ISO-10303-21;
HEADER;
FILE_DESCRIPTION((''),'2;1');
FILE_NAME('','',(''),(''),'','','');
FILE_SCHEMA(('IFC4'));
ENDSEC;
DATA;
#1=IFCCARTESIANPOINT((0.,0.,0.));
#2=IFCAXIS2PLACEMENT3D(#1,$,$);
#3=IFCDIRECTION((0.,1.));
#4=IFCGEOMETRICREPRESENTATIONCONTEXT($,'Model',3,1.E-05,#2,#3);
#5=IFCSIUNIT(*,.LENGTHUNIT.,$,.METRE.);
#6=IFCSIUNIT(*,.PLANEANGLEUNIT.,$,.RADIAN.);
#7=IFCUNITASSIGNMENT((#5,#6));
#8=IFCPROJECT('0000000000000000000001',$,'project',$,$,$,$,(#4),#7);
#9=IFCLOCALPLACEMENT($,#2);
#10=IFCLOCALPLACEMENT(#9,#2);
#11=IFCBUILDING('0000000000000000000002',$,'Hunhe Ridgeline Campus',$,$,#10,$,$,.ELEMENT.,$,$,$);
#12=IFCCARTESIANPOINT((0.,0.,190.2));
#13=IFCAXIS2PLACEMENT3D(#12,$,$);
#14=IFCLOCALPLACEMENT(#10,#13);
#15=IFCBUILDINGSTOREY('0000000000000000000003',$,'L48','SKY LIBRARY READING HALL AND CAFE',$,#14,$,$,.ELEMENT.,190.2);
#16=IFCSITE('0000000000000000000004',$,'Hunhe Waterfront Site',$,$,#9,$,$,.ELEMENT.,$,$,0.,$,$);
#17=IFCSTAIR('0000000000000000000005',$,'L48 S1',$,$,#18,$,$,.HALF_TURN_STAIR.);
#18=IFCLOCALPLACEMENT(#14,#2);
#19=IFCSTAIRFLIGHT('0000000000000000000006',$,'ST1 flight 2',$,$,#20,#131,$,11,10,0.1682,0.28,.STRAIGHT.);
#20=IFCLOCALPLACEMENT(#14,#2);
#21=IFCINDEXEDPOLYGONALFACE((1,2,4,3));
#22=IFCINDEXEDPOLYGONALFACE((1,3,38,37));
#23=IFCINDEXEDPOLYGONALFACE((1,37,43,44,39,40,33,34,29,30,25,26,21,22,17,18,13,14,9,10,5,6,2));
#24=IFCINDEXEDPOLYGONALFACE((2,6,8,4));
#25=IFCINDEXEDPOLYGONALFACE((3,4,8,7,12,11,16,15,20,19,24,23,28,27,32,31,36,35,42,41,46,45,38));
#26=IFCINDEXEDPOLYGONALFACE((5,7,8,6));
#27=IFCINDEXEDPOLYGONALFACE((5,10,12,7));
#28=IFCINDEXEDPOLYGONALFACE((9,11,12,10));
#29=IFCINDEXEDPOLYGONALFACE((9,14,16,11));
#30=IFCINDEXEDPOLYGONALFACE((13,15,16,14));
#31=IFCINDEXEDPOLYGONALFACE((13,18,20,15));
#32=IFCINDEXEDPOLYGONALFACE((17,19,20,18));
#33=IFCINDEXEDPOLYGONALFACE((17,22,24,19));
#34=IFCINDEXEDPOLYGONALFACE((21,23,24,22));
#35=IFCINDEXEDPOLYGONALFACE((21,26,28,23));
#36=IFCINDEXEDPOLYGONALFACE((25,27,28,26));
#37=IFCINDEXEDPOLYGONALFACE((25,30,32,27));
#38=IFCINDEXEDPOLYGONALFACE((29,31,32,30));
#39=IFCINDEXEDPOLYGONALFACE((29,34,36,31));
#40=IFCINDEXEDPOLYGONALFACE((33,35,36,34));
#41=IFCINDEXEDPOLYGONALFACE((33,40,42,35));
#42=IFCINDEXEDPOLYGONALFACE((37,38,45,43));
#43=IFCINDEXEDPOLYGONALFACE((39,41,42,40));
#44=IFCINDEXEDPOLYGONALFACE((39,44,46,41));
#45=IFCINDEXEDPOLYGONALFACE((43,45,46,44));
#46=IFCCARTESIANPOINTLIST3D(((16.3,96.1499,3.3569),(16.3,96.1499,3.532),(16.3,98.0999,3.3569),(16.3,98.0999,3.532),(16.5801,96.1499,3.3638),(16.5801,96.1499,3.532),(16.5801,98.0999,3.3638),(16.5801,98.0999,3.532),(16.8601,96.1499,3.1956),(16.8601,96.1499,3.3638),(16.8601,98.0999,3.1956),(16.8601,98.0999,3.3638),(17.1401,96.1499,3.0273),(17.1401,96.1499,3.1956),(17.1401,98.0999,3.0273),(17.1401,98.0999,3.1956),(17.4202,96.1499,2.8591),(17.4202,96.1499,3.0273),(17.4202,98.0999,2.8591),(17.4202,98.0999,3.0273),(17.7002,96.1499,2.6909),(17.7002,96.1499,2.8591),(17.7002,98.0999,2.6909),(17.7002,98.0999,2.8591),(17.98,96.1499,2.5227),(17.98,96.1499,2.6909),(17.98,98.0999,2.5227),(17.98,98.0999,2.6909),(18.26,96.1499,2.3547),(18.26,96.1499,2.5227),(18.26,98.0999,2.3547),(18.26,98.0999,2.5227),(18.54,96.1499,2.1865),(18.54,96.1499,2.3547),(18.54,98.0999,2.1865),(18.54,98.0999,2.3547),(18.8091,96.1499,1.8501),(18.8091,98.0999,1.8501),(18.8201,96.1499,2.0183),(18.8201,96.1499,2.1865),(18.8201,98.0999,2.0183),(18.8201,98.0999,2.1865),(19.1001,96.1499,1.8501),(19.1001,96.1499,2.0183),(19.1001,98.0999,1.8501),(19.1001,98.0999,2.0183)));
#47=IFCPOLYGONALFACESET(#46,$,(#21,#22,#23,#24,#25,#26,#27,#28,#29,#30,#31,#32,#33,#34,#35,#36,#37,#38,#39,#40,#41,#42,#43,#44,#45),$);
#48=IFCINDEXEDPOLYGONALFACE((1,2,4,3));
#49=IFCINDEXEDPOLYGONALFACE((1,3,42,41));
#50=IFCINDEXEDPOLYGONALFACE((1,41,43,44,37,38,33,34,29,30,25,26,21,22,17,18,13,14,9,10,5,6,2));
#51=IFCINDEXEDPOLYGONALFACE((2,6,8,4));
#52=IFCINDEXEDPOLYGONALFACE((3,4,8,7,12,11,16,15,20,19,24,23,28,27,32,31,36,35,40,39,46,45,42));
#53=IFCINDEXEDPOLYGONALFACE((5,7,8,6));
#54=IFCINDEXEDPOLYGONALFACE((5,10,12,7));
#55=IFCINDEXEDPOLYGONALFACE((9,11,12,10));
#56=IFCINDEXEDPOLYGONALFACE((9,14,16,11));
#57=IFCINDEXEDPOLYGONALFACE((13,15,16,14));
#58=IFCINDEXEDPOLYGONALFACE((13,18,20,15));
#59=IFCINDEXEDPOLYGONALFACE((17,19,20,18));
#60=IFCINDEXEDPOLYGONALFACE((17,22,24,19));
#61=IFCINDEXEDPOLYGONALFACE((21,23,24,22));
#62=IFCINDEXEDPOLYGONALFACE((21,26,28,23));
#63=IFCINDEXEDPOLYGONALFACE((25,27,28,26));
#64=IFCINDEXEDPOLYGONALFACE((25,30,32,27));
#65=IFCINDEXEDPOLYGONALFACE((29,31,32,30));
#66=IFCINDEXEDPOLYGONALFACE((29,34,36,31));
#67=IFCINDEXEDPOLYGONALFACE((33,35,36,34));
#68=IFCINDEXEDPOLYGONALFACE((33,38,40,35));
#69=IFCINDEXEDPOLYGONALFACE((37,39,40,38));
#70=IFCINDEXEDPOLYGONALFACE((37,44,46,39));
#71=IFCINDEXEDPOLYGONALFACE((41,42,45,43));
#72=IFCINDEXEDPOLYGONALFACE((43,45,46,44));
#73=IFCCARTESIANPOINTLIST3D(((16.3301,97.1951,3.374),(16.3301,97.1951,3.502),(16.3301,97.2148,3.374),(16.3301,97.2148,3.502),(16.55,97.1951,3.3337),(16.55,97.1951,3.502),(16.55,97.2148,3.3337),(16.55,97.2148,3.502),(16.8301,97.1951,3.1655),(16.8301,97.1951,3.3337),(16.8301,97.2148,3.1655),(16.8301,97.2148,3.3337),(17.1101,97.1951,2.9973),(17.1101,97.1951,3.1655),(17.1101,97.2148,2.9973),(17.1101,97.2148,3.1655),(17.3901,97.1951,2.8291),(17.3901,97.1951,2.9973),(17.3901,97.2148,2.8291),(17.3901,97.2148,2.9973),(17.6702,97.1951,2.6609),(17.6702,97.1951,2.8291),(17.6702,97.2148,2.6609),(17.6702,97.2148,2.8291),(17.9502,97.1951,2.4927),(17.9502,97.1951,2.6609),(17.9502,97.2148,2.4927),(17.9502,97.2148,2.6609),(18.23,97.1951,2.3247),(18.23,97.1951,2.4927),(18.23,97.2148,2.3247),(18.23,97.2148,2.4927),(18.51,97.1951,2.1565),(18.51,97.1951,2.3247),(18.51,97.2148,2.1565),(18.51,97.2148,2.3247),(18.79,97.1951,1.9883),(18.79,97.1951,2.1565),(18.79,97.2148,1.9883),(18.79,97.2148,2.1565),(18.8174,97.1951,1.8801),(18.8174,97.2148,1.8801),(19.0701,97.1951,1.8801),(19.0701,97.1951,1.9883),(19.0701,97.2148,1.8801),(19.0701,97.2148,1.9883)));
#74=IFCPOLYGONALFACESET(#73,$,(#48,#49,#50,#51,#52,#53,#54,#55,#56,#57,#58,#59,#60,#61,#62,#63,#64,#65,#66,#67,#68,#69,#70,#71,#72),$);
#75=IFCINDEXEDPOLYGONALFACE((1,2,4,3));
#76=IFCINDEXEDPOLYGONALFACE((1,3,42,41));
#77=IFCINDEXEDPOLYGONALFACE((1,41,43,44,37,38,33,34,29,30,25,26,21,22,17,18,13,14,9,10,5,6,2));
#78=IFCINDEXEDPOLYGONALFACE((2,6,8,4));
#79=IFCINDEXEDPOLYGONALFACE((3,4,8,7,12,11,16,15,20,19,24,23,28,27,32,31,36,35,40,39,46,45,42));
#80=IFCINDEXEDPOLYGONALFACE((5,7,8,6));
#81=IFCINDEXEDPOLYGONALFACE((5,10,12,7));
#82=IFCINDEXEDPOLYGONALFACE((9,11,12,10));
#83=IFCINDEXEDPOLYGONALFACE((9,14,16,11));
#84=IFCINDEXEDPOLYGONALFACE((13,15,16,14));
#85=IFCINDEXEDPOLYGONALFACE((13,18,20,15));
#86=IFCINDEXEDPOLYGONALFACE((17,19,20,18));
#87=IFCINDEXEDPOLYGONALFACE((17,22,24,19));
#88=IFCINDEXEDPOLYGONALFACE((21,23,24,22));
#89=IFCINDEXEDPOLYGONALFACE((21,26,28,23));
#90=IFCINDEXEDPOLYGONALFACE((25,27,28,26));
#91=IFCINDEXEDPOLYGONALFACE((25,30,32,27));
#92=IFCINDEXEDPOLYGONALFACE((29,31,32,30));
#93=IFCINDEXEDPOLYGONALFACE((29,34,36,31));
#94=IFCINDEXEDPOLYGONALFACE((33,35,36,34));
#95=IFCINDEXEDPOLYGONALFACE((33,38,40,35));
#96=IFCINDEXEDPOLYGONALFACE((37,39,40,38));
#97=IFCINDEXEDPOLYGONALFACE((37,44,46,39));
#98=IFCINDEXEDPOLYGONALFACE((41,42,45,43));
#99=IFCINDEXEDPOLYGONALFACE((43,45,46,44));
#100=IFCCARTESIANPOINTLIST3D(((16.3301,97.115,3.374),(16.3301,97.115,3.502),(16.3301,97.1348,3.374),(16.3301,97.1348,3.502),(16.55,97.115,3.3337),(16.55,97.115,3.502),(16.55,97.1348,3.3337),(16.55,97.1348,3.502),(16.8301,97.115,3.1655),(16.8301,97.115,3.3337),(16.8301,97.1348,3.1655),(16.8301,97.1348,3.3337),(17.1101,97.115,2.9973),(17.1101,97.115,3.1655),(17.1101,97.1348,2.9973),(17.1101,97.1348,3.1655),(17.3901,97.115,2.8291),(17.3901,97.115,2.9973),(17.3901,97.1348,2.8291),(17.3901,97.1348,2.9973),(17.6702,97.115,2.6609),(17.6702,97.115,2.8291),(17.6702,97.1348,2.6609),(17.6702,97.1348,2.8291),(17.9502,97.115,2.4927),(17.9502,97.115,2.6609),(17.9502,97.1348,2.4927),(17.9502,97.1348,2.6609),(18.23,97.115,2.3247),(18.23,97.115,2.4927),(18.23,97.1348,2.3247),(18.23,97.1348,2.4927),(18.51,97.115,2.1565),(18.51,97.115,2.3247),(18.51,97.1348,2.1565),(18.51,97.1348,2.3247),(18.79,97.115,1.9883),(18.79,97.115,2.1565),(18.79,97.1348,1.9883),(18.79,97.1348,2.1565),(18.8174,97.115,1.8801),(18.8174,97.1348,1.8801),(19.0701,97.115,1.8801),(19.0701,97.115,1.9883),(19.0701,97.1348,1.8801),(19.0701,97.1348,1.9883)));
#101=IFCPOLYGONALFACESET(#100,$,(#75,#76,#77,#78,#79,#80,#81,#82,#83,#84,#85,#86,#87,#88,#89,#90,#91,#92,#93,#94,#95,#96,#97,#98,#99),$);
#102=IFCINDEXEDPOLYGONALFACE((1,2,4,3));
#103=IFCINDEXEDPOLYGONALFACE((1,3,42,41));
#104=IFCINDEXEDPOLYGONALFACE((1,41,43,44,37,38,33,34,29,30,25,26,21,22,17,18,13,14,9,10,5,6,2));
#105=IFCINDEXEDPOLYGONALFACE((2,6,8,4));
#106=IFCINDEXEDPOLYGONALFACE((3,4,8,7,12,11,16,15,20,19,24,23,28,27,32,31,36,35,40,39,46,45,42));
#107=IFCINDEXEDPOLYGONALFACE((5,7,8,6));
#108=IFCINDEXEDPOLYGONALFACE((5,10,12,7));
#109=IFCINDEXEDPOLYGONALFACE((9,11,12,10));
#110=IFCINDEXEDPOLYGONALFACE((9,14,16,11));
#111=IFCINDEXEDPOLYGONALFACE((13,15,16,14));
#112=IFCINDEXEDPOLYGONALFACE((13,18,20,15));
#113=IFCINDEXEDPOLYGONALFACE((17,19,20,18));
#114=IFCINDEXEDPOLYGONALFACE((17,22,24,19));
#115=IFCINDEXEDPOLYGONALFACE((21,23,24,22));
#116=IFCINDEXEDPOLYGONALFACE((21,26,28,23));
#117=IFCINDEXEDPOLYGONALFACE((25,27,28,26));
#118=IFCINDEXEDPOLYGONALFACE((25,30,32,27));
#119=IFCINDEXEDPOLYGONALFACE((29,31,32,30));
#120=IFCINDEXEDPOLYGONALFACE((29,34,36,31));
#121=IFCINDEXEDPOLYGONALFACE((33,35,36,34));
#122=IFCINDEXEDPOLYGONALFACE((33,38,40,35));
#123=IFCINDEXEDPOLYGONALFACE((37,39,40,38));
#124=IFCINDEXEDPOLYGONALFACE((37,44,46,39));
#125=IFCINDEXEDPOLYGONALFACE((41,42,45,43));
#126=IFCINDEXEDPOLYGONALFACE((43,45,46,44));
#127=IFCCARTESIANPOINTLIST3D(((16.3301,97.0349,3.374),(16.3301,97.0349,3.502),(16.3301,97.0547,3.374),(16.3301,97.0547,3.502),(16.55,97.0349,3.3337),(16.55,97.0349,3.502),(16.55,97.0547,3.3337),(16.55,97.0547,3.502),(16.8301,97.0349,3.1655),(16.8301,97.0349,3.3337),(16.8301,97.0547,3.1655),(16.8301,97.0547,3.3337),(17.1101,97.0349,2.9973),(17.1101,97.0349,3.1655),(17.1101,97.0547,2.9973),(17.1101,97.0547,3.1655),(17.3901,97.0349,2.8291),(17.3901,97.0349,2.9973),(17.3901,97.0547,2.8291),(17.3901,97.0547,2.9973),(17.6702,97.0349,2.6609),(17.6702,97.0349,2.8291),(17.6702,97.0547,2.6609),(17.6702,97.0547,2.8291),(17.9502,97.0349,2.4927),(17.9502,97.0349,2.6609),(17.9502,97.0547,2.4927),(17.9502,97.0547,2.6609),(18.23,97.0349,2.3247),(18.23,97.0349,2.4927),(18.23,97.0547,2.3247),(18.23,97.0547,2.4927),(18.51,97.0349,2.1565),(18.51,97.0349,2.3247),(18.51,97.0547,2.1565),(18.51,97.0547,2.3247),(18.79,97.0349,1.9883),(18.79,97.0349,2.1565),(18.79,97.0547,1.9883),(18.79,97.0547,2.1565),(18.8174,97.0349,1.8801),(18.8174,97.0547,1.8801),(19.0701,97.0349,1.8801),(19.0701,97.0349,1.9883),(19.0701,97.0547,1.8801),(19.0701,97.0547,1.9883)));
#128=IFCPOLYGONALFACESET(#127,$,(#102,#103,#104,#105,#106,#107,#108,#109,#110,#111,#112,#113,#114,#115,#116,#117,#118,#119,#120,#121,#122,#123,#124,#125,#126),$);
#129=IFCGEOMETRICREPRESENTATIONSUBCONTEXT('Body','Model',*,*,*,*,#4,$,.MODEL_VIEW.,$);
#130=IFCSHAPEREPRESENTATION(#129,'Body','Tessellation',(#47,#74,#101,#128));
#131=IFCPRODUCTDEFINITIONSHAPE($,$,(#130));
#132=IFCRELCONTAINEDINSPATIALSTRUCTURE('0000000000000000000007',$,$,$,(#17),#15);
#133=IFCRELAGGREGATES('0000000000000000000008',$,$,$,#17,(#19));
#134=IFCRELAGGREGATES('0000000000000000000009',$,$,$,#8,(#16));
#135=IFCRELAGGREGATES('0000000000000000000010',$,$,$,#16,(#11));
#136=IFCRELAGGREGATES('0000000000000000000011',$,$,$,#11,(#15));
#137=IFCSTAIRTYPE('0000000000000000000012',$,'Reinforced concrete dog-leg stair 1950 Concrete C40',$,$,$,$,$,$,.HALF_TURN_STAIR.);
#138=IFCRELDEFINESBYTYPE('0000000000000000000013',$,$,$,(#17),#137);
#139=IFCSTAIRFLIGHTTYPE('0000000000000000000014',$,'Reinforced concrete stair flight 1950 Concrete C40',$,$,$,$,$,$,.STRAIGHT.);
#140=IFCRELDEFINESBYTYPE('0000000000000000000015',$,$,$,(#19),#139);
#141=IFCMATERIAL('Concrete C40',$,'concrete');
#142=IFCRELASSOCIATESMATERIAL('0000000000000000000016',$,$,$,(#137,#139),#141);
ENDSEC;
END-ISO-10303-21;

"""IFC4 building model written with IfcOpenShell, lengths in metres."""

from ifc_helpers import new_model, si_unit, direction, frame, origin, place, context, subcontext, project, spatial, polyline, outline, extrude, material, type_object, element, aggregate, save


model = new_model("IFC4")

# Units and contexts
model_context = context("Model", 3, precision=1e-05, world=origin(), true_north=direction((0.0, 1.0)))
body_context = subcontext(model_context, "Body", "Model", "MODEL_VIEW")
ifc_project = project(units=[si_unit("LENGTHUNIT", "METRE"), si_unit("PLANEANGLEUNIT", "RADIAN")], contexts=[model_context])

# Site, building, storey
site_placement = place(None, origin())
site = spatial("IfcSite", under=ifc_project, at=site_placement, Name="Hunhe Waterfront Site", CompositionType="ELEMENT", RefElevation=0.0)
building_placement = place(site_placement, origin())
building = spatial("IfcBuilding", under=site, at=building_placement, Name="Hunhe Ridgeline Campus", CompositionType="ELEMENT")
storey_placement = place(building_placement, frame((0.0, 0.0, 190.2)))
storey = spatial("IfcBuildingStorey", under=building, at=storey_placement, Name="L48", Description="SKY LIBRARY READING HALL AND CAFE", CompositionType="ELEMENT", Elevation=190.2)

# Stair, stair flight
ifc_material_1 = material(Name="Concrete C40", Category="concrete")
stair_type = type_object("IfcStairType", Name="Reinforced concrete dog-leg stair 1950 Concrete C40", PredefinedType="HALF_TURN_STAIR", material=ifc_material_1)
stair_placement = place(storey_placement, origin())
stair = element("IfcStair", 1, at=stair_placement, inside=storey, type_object=stair_type, Name="L48 S1", PredefinedType="HALF_TURN_STAIR")
stair_flight_type = type_object("IfcStairFlightType", Name="Reinforced concrete stair flight 1950 Concrete C40", PredefinedType="STRAIGHT", material=ifc_material_1)
stair_flight_1_placement = place(storey_placement, frame((19.1001, 97.125, 1.8501), z_axis=(0.0, 0.0, 1.0), x_axis=(-1.0, 0.0, 0.0)))
stair_flight_1 = element("IfcStairFlight", 2, at=stair_flight_1_placement, type_object=stair_flight_type, Name="ST1 flight 2", NumberOfRisers=11, NumberOfTreads=10, PredefinedType="STRAIGHT", RiserHeight=0.1682, TreadLength=0.28, context=body_context, shape_type="SweptSolid", body=[
    extrude(outline(polyline([(0.0, 0.0), (0.0, 0.1682), (0.28, 0.1682), (0.28, 0.3364), (0.5601, 0.3364), (0.5601, 0.5046), (0.8401, 0.5046), (0.8401, 0.6726), (1.1201, 0.6726), (1.1201, 0.8408), (1.3999, 0.8408), (1.3999, 1.009), (1.6799, 1.009), (1.6799, 1.1772), (1.96, 1.1772), (1.96, 1.3455), (2.24, 1.3455), (2.24, 1.5137), (2.52, 1.5137), (2.52, 1.6819), (2.8, 1.6819), (2.8, 1.8501), (2.8, 1.5068), (0.291, 0.0), (0.0, 0.0)])), frame((0.0, 0.9751, 0.0), z_axis=(0.0, -1.0, 0.0), x_axis=(1.0, 0.0, 0.0)), (0.0, 0.0, 1.0), 1.95),
    extrude(outline(polyline([(0.03, 0.03), (0.03, 0.1382), (0.3101, 0.1382), (0.3101, 0.3064), (0.5901, 0.3064), (0.5901, 0.4746), (0.8701, 0.4746), (0.8701, 0.6426), (1.1499, 0.6426), (1.1499, 0.8108), (1.4299, 0.8108), (1.4299, 0.979), (1.71, 0.979), (1.71, 1.1472), (1.99, 1.1472), (1.99, 1.3154), (2.27, 1.3154), (2.27, 1.4836), (2.55, 1.4836), (2.55, 1.6519), (2.77, 1.6519), (2.77, 1.5239), (0.2827, 0.03), (0.03, 0.03)])), frame((0.0, -0.0701, 0.0), z_axis=(0.0, -1.0, 0.0), x_axis=(1.0, 0.0, 0.0)), (0.0, 0.0, 1.0), 0.0198),
    extrude(outline(polyline([(0.03, 0.03), (0.03, 0.1382), (0.3101, 0.1382), (0.3101, 0.3064), (0.5901, 0.3064), (0.5901, 0.4746), (0.8701, 0.4746), (0.8701, 0.6426), (1.1499, 0.6426), (1.1499, 0.8108), (1.4299, 0.8108), (1.4299, 0.979), (1.71, 0.979), (1.71, 1.1472), (1.99, 1.1472), (1.99, 1.3154), (2.27, 1.3154), (2.27, 1.4836), (2.55, 1.4836), (2.55, 1.6519), (2.77, 1.6519), (2.77, 1.5239), (0.2827, 0.03), (0.03, 0.03)])), frame((0.0, 0.01, 0.0), z_axis=(0.0, -1.0, 0.0), x_axis=(1.0, 0.0, 0.0)), (0.0, 0.0, 1.0), 0.0198),
    extrude(outline(polyline([(0.03, 0.03), (0.03, 0.1382), (0.3101, 0.1382), (0.3101, 0.3064), (0.5901, 0.3064), (0.5901, 0.4746), (0.8701, 0.4746), (0.8701, 0.6426), (1.1499, 0.6426), (1.1499, 0.8108), (1.4299, 0.8108), (1.4299, 0.979), (1.71, 0.979), (1.71, 1.1472), (1.99, 1.1472), (1.99, 1.3154), (2.27, 1.3154), (2.27, 1.4836), (2.55, 1.4836), (2.55, 1.6519), (2.77, 1.6519), (2.77, 1.5239), (0.2827, 0.03), (0.03, 0.03)])), frame((0.0, 0.0901, 0.0), z_axis=(0.0, -1.0, 0.0), x_axis=(1.0, 0.0, 0.0)), (0.0, 0.0, 1.0), 0.0198),
])
aggregate(stair, [stair_flight_1])

save(model, "model.ifc")
